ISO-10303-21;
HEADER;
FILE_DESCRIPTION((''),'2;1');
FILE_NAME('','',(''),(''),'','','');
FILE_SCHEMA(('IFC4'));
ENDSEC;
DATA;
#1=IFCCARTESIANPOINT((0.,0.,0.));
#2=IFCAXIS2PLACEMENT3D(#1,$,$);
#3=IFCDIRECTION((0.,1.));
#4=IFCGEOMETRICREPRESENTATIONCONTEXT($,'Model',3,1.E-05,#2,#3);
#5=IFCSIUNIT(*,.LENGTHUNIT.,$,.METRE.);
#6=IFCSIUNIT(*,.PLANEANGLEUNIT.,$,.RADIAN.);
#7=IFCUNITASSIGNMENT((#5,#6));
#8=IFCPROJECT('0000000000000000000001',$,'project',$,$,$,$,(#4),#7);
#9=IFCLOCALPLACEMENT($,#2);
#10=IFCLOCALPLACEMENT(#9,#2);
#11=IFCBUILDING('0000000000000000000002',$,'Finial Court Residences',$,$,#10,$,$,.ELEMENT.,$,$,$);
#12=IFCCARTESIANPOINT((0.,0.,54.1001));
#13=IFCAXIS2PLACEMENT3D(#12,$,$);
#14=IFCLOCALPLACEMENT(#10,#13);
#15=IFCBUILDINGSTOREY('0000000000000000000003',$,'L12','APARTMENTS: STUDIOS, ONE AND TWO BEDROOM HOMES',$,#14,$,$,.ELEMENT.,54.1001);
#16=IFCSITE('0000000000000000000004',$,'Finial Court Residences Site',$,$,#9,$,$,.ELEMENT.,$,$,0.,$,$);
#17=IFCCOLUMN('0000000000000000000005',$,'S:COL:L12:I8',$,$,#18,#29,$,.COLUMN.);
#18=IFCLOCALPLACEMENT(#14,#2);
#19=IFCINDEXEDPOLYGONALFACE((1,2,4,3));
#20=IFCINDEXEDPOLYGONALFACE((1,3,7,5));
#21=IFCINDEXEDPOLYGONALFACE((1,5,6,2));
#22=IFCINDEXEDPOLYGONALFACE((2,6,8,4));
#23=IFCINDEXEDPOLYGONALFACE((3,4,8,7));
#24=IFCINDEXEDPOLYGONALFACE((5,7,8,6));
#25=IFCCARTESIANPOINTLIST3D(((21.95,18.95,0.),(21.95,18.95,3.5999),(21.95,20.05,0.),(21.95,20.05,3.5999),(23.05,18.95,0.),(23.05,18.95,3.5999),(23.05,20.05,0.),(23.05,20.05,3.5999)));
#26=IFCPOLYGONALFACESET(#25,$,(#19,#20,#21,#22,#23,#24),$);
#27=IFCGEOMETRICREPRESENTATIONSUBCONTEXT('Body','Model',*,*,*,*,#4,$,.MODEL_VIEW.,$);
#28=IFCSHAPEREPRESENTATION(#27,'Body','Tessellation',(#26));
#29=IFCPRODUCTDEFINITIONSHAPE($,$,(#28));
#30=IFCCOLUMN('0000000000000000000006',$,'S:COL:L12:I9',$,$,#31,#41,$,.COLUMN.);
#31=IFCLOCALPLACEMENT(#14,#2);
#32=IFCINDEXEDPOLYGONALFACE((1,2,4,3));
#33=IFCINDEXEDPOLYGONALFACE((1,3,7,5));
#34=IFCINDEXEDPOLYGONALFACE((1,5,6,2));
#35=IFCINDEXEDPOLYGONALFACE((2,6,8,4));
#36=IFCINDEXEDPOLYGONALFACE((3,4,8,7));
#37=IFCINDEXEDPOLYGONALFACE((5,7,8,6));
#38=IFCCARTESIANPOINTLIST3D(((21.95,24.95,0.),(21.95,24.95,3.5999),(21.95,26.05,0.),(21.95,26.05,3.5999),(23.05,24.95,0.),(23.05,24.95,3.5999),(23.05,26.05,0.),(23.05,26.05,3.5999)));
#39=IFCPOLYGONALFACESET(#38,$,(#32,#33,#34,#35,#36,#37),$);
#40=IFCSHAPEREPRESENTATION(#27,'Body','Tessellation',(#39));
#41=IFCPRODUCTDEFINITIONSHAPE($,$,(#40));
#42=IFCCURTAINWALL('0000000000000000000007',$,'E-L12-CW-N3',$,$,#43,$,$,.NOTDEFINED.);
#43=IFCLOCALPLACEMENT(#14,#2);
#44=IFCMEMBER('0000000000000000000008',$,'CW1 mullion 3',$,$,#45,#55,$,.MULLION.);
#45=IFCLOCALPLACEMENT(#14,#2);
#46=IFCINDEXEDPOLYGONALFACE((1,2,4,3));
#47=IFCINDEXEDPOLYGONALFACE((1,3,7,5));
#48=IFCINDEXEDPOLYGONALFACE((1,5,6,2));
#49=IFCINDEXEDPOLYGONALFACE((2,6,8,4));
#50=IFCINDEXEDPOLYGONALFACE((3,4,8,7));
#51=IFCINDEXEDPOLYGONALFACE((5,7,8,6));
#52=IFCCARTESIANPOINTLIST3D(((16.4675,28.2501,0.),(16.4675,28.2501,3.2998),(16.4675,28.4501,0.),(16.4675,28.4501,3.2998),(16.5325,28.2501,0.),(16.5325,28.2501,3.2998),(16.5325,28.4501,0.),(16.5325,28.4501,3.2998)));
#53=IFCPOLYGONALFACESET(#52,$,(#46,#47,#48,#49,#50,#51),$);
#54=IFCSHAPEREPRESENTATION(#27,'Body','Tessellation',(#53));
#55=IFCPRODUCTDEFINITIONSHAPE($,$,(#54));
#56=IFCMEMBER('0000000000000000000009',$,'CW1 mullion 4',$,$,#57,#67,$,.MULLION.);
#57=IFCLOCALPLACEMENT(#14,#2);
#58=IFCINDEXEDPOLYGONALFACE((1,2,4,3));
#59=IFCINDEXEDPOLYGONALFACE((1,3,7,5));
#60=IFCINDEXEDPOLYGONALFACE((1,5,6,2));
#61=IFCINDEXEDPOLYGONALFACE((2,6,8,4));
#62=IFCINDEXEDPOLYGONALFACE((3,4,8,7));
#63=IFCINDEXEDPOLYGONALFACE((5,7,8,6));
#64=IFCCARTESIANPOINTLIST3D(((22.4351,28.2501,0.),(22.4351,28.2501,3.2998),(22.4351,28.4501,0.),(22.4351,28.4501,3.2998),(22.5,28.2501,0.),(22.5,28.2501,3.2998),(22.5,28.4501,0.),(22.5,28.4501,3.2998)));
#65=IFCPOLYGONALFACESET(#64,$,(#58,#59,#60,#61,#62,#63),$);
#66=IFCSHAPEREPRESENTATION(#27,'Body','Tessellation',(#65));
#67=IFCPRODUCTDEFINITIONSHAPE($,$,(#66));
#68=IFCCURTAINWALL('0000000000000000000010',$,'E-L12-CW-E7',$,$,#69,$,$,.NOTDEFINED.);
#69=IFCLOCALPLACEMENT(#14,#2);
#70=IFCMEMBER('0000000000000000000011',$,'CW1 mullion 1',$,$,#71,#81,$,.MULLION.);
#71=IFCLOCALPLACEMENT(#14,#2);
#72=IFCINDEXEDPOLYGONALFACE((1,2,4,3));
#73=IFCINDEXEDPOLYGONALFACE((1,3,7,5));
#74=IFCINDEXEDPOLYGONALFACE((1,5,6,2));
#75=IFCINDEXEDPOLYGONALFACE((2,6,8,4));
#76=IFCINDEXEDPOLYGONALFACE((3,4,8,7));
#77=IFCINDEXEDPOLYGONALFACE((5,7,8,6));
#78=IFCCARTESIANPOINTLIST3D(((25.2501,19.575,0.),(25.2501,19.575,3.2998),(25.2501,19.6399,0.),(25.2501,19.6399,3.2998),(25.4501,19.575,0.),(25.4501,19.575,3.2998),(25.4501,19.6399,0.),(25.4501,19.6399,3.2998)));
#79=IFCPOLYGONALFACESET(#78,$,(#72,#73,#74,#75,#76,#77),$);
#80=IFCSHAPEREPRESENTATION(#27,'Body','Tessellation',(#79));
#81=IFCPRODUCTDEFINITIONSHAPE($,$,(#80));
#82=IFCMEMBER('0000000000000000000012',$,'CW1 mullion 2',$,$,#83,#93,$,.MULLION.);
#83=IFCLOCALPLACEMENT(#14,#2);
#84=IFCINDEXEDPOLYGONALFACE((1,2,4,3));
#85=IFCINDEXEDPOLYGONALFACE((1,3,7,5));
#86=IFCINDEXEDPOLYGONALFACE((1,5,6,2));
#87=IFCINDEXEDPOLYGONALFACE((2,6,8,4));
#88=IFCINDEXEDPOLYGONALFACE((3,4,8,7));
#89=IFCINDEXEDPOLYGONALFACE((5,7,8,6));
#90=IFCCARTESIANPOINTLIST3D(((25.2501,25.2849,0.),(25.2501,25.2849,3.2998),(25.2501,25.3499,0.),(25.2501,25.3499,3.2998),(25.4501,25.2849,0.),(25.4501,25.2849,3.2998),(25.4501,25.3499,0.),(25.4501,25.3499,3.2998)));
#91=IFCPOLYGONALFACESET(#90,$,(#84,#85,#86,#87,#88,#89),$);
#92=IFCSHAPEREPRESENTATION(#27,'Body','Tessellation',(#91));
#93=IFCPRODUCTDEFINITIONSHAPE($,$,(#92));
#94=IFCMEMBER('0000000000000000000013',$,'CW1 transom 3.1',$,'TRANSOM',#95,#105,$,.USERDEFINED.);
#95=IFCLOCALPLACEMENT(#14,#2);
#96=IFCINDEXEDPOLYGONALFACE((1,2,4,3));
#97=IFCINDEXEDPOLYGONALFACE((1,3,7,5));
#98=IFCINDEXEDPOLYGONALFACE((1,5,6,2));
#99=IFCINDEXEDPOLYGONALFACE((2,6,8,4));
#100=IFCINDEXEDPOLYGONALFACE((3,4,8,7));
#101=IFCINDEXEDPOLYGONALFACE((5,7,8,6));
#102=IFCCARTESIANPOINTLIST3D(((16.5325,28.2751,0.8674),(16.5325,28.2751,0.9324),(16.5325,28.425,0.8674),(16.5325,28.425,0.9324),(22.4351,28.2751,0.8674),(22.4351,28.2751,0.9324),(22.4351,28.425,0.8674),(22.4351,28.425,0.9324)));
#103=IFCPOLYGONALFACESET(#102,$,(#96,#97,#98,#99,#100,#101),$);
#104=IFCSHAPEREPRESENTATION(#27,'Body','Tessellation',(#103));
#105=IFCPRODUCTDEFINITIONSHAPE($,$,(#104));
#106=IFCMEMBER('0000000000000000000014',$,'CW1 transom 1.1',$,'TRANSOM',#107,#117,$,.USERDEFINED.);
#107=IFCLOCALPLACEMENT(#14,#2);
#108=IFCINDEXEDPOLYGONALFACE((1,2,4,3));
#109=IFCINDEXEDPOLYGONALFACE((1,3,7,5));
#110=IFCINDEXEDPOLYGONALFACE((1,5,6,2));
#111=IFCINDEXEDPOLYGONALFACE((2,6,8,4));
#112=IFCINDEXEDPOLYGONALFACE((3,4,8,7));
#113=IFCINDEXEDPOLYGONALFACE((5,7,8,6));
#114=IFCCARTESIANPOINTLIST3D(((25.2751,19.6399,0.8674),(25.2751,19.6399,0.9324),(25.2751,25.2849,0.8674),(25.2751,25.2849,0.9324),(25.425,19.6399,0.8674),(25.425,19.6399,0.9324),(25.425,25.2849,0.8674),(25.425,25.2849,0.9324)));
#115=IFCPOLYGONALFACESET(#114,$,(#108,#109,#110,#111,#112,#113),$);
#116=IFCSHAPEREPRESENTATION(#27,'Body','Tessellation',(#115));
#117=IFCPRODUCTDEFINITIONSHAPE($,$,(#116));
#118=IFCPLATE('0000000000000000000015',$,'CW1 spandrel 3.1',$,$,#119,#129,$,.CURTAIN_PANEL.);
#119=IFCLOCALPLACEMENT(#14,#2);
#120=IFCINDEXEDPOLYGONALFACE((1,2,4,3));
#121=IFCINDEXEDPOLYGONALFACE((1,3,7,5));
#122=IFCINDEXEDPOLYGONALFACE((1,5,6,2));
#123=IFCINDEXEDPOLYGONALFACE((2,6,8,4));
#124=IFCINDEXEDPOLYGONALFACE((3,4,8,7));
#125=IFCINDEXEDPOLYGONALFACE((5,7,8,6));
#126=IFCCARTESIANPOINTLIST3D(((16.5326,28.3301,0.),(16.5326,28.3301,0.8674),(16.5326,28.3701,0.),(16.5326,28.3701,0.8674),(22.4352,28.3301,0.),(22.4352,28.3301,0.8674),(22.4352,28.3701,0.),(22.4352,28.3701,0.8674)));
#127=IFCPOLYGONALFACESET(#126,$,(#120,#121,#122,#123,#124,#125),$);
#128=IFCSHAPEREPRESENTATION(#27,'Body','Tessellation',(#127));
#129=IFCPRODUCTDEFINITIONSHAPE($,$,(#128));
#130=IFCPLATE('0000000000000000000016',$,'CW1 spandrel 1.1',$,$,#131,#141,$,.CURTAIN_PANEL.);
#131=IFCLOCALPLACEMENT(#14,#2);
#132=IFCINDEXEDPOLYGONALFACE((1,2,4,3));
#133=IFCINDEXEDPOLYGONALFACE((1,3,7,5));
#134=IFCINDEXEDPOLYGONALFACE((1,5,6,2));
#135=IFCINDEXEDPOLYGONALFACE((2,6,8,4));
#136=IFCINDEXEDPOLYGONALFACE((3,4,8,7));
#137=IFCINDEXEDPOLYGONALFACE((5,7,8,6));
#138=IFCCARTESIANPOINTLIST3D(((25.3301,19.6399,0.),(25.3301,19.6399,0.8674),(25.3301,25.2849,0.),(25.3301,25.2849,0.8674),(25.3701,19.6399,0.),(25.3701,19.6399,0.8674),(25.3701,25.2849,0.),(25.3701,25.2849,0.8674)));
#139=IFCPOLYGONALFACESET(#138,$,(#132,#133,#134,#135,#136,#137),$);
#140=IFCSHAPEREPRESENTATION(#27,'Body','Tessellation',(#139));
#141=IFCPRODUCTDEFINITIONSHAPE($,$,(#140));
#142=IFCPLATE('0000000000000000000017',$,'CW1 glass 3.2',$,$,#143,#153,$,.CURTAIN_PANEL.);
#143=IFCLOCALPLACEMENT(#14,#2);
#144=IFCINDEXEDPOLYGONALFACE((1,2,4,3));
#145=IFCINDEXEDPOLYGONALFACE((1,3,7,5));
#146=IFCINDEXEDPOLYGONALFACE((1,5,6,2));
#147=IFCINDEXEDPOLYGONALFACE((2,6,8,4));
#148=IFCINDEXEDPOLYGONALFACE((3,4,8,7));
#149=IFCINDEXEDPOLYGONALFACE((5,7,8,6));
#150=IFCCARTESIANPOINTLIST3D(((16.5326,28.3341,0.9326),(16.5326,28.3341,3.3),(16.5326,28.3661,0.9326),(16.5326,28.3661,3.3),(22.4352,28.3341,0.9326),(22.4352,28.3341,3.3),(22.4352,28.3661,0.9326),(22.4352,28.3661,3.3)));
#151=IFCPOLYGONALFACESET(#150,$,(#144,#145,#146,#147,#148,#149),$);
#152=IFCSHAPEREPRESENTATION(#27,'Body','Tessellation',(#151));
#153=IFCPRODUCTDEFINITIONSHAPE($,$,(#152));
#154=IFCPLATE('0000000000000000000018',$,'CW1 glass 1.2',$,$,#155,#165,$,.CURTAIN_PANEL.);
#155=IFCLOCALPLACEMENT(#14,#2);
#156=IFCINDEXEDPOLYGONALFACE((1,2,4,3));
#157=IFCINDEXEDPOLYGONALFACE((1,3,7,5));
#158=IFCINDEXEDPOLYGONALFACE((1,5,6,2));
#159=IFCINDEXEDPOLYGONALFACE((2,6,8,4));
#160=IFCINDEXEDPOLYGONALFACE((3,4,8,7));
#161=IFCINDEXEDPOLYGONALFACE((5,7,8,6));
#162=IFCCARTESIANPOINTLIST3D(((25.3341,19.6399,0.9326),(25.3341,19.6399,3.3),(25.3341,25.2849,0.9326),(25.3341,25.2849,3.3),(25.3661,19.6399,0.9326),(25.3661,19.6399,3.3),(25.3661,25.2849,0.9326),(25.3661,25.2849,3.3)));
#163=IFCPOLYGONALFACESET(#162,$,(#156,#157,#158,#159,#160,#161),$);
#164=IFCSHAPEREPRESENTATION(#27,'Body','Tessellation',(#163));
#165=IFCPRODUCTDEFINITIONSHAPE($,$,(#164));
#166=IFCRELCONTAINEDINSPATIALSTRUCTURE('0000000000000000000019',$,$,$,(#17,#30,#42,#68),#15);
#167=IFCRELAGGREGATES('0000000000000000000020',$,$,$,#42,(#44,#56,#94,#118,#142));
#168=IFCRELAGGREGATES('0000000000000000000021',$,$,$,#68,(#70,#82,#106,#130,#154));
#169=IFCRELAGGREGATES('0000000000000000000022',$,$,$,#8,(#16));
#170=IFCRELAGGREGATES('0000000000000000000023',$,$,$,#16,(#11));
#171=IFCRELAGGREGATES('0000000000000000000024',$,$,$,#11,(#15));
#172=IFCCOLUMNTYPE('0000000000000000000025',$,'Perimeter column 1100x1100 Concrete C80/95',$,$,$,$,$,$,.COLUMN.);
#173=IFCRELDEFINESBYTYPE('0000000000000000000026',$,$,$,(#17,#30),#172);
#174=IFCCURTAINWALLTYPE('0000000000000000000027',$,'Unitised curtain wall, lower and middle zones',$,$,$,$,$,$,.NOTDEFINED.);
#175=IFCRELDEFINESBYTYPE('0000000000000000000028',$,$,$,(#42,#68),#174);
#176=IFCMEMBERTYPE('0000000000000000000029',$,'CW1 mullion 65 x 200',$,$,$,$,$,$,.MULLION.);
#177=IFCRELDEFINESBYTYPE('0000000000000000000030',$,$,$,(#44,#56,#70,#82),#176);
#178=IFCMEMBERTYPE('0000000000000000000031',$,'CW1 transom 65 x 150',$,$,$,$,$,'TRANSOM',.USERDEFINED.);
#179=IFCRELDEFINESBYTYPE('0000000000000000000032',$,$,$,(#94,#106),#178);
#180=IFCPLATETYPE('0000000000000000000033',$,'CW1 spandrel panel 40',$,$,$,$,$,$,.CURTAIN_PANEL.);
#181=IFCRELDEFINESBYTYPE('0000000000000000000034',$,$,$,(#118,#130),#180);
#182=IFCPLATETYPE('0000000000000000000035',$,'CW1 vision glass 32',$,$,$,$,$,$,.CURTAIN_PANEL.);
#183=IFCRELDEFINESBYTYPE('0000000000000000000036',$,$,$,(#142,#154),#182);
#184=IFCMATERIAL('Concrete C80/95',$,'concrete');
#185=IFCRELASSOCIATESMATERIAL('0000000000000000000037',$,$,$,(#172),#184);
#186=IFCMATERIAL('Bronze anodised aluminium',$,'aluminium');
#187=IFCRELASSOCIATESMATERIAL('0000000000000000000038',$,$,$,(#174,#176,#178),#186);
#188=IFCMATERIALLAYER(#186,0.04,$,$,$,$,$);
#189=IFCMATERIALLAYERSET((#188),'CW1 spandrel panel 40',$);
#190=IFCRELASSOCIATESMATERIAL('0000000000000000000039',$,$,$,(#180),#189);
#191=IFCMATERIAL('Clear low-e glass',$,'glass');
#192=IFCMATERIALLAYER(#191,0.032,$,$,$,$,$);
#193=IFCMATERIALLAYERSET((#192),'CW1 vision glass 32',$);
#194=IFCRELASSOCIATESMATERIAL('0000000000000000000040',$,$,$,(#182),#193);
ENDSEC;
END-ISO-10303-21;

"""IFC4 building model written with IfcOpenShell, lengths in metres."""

from ifc_helpers import new_model, si_unit, direction, frame, origin, origin_2d, place, context, subcontext, project, spatial, rectangle, extrude, material, layer, layer_set, material_profile, profile_set, type_object, element, aggregate, save


model = new_model("IFC4")

# Units and contexts
model_context = context("Model", 3, precision=1e-05, world=origin(), true_north=direction((0.0, 1.0)))
body_context = subcontext(model_context, "Body", "Model", "MODEL_VIEW")
ifc_project = project(units=[si_unit("LENGTHUNIT", "METRE"), si_unit("PLANEANGLEUNIT", "RADIAN")], contexts=[model_context])

# Site, building, storey
site_placement = place(None, origin())
site = spatial("IfcSite", under=ifc_project, at=site_placement, Name="Finial Court Residences Site", CompositionType="ELEMENT", RefElevation=0.0)
building_placement = place(site_placement, origin())
building = spatial("IfcBuilding", under=site, at=building_placement, Name="Finial Court Residences", CompositionType="ELEMENT")
storey_placement = place(building_placement, frame((0.0, 0.0, 54.1001)))
storey = spatial("IfcBuildingStorey", under=building, at=storey_placement, Name="L12", Description="APARTMENTS: STUDIOS, ONE AND TWO BEDROOM HOMES", CompositionType="ELEMENT", Elevation=54.1001)

# Columns
ifc_material_1 = material(Name="Concrete C80/95", Category="concrete")
ifc_material_profile_1 = material_profile(ifc_material_1, rectangle(XDim=1.1001, YDim=1.1001, at=origin_2d()), Name="1100x1100")
ifc_profile_set_1 = profile_set([ifc_material_profile_1], Name="Concrete C80/95")
column_type = type_object("IfcColumnType", Name="Perimeter column 1100x1100 Concrete C80/95", PredefinedType="COLUMN", material=ifc_profile_set_1)
for number, where, z_axis, x_axis, name in (
    (1, (22.5, 19.5, 0.0), (0.0, 0.0, 1.0), (1.0, 0.0, 0.0), "S:COL:L12:I8"),
    (2, (22.5, 25.5, 0.0), (0.0, 0.0, 1.0), (1.0, 0.0, 0.0), "S:COL:L12:I9"),
):
    element("IfcColumn", number, at=place(storey_placement, frame(where, z_axis=z_axis, x_axis=x_axis)), inside=storey, type_object=column_type, Name=name, PredefinedType="COLUMN", context=body_context, shape_type="SweptSolid", body=[
        extrude(rectangle(XDim=1.1001, YDim=1.1001, at=origin_2d()), origin(), (0.0, 0.0, 1.0), 3.5999),
    ])

# Curtain walls, members
ifc_material_2 = material(Name="Bronze anodised aluminium", Category="aluminium")
curtain_wall_type = type_object("IfcCurtainWallType", Name="Unitised curtain wall, lower and middle zones", PredefinedType="NOTDEFINED", material=ifc_material_2)
curtain_wall_1_placement = place(storey_placement, origin())
curtain_wall_1 = element("IfcCurtainWall", 3, at=curtain_wall_1_placement, inside=storey, type_object=curtain_wall_type, Name="E-L12-CW-N3", PredefinedType="NOTDEFINED")
ifc_material_profile_2 = material_profile(ifc_material_2, rectangle(XDim=0.2, YDim=0.0649, at=origin_2d()), Name="CW1 mullion 65 x 200")
ifc_profile_set_2 = profile_set([ifc_material_profile_2], Name="Bronze anodised aluminium")
member_type_1 = type_object("IfcMemberType", Name="CW1 mullion 65 x 200", PredefinedType="MULLION", material=ifc_profile_set_2)
member_1_placement = place(storey_placement, frame((16.5, 28.3501, 0.0), z_axis=(0.0, 0.0, 1.0), x_axis=(0.0, 1.0, 0.0)))
member_1 = element("IfcMember", 4, at=member_1_placement, type_object=member_type_1, Name="CW1 mullion 3", PredefinedType="MULLION", context=body_context, shape_type="SweptSolid", body=[
    extrude(rectangle(XDim=0.2, YDim=0.0649, at=origin_2d()), origin(), (0.0, 0.0, 1.0), 3.2998),
])
member_2_placement = place(storey_placement, frame((22.4675, 28.3501, 0.0), z_axis=(0.0, 0.0, 1.0), x_axis=(0.0, 1.0, 0.0)))
member_2 = element("IfcMember", 5, at=member_2_placement, type_object=member_type_1, Name="CW1 mullion 4", PredefinedType="MULLION", context=body_context, shape_type="SweptSolid", body=[
    extrude(rectangle(XDim=0.2, YDim=0.0649, at=origin_2d()), origin(), (0.0, 0.0, 1.0), 3.2998),
])
curtain_wall_2_placement = place(storey_placement, origin())
curtain_wall_2 = element("IfcCurtainWall", 6, at=curtain_wall_2_placement, inside=storey, type_object=curtain_wall_type, Name="E-L12-CW-E7", PredefinedType="NOTDEFINED")
member_3_placement = place(storey_placement, frame((25.3501, 19.6074, 0.0), z_axis=(0.0, 0.0, 1.0), x_axis=(-1.0, 0.0, 0.0)))
member_3 = element("IfcMember", 7, at=member_3_placement, type_object=member_type_1, Name="CW1 mullion 1", PredefinedType="MULLION", context=body_context, shape_type="SweptSolid", body=[
    extrude(rectangle(XDim=0.2, YDim=0.0649, at=origin_2d()), origin(), (0.0, 0.0, 1.0), 3.2998),
])
member_4_placement = place(storey_placement, frame((25.3501, 25.3174, 0.0), z_axis=(0.0, 0.0, 1.0), x_axis=(-1.0, 0.0, 0.0)))
member_4 = element("IfcMember", 8, at=member_4_placement, type_object=member_type_1, Name="CW1 mullion 2", PredefinedType="MULLION", context=body_context, shape_type="SweptSolid", body=[
    extrude(rectangle(XDim=0.2, YDim=0.0649, at=origin_2d()), origin(), (0.0, 0.0, 1.0), 3.2998),
])

# Members
ifc_material_profile_3 = material_profile(ifc_material_2, rectangle(XDim=0.1499, YDim=0.0649, at=origin_2d()), Name="CW1 transom 65 x 150")
ifc_profile_set_3 = profile_set([ifc_material_profile_3], Name="Bronze anodised aluminium")
member_type_2 = type_object("IfcMemberType", Name="CW1 transom 65 x 150", ElementType="TRANSOM", PredefinedType="USERDEFINED", material=ifc_profile_set_3)
member_5_placement = place(storey_placement, frame((16.5325, 28.3501, 0.8999), z_axis=(1.0, 0.0, 0.0), x_axis=(0.0, 1.0, 0.0)))
member_5 = element("IfcMember", 9, at=member_5_placement, type_object=member_type_2, Name="CW1 transom 3.1", ObjectType="TRANSOM", PredefinedType="USERDEFINED", context=body_context, shape_type="SweptSolid", body=[
    extrude(rectangle(XDim=0.1499, YDim=0.0649, at=origin_2d()), origin(), (0.0, 0.0, 1.0), 5.9026),
])
member_6_placement = place(storey_placement, frame((25.3501, 19.6399, 0.8999), z_axis=(0.0, 1.0, 0.0), x_axis=(-1.0, 0.0, 0.0)))
member_6 = element("IfcMember", 10, at=member_6_placement, type_object=member_type_2, Name="CW1 transom 1.1", ObjectType="TRANSOM", PredefinedType="USERDEFINED", context=body_context, shape_type="SweptSolid", body=[
    extrude(rectangle(XDim=0.1499, YDim=0.0649, at=origin_2d()), origin(), (0.0, 0.0, 1.0), 5.645),
])

# Plates
ifc_layer_1 = layer(ifc_material_2, 0.04)
ifc_layer_set_1 = layer_set([ifc_layer_1], Name="CW1 spandrel panel 40")
plate_type_1 = type_object("IfcPlateType", Name="CW1 spandrel panel 40", PredefinedType="CURTAIN_PANEL", material=ifc_layer_set_1)
plate_1_placement = place(storey_placement, frame((19.4839, 28.3501, 0.0), z_axis=(0.0, 0.0, 1.0), x_axis=(1.0, 0.0, 0.0)))
plate_1 = element("IfcPlate", 11, at=plate_1_placement, type_object=plate_type_1, Name="CW1 spandrel 3.1", PredefinedType="CURTAIN_PANEL", context=body_context, shape_type="SweptSolid", body=[
    extrude(rectangle(XDim=5.9026, YDim=0.04, at=origin_2d()), origin(), (0.0, 0.0, 1.0), 0.8674),
])
plate_2_placement = place(storey_placement, frame((25.3501, 22.4624, 0.0), z_axis=(0.0, 0.0, 1.0), x_axis=(0.0, 1.0, 0.0)))
plate_2 = element("IfcPlate", 12, at=plate_2_placement, type_object=plate_type_1, Name="CW1 spandrel 1.1", PredefinedType="CURTAIN_PANEL", context=body_context, shape_type="SweptSolid", body=[
    extrude(rectangle(XDim=5.645, YDim=0.04, at=origin_2d()), origin(), (0.0, 0.0, 1.0), 0.8674),
])
ifc_material_3 = material(Name="Clear low-e glass", Category="glass")
ifc_layer_2 = layer(ifc_material_3, 0.032)
ifc_layer_set_2 = layer_set([ifc_layer_2], Name="CW1 vision glass 32")
plate_type_2 = type_object("IfcPlateType", Name="CW1 vision glass 32", PredefinedType="CURTAIN_PANEL", material=ifc_layer_set_2)
plate_3_placement = place(storey_placement, frame((19.4839, 28.3501, 0.9326), z_axis=(0.0, 0.0, 1.0), x_axis=(1.0, 0.0, 0.0)))
plate_3 = element("IfcPlate", 13, at=plate_3_placement, type_object=plate_type_2, Name="CW1 glass 3.2", PredefinedType="CURTAIN_PANEL", context=body_context, shape_type="SweptSolid", body=[
    extrude(rectangle(XDim=5.9026, YDim=0.032, at=origin_2d()), origin(), (0.0, 0.0, 1.0), 2.3674),
])
aggregate(curtain_wall_1, [member_1, member_2, member_5, plate_1, plate_3])
plate_4_placement = place(storey_placement, frame((25.3501, 22.4624, 0.9326), z_axis=(0.0, 0.0, 1.0), x_axis=(0.0, 1.0, 0.0)))
plate_4 = element("IfcPlate", 14, at=plate_4_placement, type_object=plate_type_2, Name="CW1 glass 1.2", PredefinedType="CURTAIN_PANEL", context=body_context, shape_type="SweptSolid", body=[
    extrude(rectangle(XDim=5.645, YDim=0.032, at=origin_2d()), origin(), (0.0, 0.0, 1.0), 2.3674),
])
aggregate(curtain_wall_2, [member_3, member_4, member_6, plate_2, plate_4])

save(model, "model.ifc")
